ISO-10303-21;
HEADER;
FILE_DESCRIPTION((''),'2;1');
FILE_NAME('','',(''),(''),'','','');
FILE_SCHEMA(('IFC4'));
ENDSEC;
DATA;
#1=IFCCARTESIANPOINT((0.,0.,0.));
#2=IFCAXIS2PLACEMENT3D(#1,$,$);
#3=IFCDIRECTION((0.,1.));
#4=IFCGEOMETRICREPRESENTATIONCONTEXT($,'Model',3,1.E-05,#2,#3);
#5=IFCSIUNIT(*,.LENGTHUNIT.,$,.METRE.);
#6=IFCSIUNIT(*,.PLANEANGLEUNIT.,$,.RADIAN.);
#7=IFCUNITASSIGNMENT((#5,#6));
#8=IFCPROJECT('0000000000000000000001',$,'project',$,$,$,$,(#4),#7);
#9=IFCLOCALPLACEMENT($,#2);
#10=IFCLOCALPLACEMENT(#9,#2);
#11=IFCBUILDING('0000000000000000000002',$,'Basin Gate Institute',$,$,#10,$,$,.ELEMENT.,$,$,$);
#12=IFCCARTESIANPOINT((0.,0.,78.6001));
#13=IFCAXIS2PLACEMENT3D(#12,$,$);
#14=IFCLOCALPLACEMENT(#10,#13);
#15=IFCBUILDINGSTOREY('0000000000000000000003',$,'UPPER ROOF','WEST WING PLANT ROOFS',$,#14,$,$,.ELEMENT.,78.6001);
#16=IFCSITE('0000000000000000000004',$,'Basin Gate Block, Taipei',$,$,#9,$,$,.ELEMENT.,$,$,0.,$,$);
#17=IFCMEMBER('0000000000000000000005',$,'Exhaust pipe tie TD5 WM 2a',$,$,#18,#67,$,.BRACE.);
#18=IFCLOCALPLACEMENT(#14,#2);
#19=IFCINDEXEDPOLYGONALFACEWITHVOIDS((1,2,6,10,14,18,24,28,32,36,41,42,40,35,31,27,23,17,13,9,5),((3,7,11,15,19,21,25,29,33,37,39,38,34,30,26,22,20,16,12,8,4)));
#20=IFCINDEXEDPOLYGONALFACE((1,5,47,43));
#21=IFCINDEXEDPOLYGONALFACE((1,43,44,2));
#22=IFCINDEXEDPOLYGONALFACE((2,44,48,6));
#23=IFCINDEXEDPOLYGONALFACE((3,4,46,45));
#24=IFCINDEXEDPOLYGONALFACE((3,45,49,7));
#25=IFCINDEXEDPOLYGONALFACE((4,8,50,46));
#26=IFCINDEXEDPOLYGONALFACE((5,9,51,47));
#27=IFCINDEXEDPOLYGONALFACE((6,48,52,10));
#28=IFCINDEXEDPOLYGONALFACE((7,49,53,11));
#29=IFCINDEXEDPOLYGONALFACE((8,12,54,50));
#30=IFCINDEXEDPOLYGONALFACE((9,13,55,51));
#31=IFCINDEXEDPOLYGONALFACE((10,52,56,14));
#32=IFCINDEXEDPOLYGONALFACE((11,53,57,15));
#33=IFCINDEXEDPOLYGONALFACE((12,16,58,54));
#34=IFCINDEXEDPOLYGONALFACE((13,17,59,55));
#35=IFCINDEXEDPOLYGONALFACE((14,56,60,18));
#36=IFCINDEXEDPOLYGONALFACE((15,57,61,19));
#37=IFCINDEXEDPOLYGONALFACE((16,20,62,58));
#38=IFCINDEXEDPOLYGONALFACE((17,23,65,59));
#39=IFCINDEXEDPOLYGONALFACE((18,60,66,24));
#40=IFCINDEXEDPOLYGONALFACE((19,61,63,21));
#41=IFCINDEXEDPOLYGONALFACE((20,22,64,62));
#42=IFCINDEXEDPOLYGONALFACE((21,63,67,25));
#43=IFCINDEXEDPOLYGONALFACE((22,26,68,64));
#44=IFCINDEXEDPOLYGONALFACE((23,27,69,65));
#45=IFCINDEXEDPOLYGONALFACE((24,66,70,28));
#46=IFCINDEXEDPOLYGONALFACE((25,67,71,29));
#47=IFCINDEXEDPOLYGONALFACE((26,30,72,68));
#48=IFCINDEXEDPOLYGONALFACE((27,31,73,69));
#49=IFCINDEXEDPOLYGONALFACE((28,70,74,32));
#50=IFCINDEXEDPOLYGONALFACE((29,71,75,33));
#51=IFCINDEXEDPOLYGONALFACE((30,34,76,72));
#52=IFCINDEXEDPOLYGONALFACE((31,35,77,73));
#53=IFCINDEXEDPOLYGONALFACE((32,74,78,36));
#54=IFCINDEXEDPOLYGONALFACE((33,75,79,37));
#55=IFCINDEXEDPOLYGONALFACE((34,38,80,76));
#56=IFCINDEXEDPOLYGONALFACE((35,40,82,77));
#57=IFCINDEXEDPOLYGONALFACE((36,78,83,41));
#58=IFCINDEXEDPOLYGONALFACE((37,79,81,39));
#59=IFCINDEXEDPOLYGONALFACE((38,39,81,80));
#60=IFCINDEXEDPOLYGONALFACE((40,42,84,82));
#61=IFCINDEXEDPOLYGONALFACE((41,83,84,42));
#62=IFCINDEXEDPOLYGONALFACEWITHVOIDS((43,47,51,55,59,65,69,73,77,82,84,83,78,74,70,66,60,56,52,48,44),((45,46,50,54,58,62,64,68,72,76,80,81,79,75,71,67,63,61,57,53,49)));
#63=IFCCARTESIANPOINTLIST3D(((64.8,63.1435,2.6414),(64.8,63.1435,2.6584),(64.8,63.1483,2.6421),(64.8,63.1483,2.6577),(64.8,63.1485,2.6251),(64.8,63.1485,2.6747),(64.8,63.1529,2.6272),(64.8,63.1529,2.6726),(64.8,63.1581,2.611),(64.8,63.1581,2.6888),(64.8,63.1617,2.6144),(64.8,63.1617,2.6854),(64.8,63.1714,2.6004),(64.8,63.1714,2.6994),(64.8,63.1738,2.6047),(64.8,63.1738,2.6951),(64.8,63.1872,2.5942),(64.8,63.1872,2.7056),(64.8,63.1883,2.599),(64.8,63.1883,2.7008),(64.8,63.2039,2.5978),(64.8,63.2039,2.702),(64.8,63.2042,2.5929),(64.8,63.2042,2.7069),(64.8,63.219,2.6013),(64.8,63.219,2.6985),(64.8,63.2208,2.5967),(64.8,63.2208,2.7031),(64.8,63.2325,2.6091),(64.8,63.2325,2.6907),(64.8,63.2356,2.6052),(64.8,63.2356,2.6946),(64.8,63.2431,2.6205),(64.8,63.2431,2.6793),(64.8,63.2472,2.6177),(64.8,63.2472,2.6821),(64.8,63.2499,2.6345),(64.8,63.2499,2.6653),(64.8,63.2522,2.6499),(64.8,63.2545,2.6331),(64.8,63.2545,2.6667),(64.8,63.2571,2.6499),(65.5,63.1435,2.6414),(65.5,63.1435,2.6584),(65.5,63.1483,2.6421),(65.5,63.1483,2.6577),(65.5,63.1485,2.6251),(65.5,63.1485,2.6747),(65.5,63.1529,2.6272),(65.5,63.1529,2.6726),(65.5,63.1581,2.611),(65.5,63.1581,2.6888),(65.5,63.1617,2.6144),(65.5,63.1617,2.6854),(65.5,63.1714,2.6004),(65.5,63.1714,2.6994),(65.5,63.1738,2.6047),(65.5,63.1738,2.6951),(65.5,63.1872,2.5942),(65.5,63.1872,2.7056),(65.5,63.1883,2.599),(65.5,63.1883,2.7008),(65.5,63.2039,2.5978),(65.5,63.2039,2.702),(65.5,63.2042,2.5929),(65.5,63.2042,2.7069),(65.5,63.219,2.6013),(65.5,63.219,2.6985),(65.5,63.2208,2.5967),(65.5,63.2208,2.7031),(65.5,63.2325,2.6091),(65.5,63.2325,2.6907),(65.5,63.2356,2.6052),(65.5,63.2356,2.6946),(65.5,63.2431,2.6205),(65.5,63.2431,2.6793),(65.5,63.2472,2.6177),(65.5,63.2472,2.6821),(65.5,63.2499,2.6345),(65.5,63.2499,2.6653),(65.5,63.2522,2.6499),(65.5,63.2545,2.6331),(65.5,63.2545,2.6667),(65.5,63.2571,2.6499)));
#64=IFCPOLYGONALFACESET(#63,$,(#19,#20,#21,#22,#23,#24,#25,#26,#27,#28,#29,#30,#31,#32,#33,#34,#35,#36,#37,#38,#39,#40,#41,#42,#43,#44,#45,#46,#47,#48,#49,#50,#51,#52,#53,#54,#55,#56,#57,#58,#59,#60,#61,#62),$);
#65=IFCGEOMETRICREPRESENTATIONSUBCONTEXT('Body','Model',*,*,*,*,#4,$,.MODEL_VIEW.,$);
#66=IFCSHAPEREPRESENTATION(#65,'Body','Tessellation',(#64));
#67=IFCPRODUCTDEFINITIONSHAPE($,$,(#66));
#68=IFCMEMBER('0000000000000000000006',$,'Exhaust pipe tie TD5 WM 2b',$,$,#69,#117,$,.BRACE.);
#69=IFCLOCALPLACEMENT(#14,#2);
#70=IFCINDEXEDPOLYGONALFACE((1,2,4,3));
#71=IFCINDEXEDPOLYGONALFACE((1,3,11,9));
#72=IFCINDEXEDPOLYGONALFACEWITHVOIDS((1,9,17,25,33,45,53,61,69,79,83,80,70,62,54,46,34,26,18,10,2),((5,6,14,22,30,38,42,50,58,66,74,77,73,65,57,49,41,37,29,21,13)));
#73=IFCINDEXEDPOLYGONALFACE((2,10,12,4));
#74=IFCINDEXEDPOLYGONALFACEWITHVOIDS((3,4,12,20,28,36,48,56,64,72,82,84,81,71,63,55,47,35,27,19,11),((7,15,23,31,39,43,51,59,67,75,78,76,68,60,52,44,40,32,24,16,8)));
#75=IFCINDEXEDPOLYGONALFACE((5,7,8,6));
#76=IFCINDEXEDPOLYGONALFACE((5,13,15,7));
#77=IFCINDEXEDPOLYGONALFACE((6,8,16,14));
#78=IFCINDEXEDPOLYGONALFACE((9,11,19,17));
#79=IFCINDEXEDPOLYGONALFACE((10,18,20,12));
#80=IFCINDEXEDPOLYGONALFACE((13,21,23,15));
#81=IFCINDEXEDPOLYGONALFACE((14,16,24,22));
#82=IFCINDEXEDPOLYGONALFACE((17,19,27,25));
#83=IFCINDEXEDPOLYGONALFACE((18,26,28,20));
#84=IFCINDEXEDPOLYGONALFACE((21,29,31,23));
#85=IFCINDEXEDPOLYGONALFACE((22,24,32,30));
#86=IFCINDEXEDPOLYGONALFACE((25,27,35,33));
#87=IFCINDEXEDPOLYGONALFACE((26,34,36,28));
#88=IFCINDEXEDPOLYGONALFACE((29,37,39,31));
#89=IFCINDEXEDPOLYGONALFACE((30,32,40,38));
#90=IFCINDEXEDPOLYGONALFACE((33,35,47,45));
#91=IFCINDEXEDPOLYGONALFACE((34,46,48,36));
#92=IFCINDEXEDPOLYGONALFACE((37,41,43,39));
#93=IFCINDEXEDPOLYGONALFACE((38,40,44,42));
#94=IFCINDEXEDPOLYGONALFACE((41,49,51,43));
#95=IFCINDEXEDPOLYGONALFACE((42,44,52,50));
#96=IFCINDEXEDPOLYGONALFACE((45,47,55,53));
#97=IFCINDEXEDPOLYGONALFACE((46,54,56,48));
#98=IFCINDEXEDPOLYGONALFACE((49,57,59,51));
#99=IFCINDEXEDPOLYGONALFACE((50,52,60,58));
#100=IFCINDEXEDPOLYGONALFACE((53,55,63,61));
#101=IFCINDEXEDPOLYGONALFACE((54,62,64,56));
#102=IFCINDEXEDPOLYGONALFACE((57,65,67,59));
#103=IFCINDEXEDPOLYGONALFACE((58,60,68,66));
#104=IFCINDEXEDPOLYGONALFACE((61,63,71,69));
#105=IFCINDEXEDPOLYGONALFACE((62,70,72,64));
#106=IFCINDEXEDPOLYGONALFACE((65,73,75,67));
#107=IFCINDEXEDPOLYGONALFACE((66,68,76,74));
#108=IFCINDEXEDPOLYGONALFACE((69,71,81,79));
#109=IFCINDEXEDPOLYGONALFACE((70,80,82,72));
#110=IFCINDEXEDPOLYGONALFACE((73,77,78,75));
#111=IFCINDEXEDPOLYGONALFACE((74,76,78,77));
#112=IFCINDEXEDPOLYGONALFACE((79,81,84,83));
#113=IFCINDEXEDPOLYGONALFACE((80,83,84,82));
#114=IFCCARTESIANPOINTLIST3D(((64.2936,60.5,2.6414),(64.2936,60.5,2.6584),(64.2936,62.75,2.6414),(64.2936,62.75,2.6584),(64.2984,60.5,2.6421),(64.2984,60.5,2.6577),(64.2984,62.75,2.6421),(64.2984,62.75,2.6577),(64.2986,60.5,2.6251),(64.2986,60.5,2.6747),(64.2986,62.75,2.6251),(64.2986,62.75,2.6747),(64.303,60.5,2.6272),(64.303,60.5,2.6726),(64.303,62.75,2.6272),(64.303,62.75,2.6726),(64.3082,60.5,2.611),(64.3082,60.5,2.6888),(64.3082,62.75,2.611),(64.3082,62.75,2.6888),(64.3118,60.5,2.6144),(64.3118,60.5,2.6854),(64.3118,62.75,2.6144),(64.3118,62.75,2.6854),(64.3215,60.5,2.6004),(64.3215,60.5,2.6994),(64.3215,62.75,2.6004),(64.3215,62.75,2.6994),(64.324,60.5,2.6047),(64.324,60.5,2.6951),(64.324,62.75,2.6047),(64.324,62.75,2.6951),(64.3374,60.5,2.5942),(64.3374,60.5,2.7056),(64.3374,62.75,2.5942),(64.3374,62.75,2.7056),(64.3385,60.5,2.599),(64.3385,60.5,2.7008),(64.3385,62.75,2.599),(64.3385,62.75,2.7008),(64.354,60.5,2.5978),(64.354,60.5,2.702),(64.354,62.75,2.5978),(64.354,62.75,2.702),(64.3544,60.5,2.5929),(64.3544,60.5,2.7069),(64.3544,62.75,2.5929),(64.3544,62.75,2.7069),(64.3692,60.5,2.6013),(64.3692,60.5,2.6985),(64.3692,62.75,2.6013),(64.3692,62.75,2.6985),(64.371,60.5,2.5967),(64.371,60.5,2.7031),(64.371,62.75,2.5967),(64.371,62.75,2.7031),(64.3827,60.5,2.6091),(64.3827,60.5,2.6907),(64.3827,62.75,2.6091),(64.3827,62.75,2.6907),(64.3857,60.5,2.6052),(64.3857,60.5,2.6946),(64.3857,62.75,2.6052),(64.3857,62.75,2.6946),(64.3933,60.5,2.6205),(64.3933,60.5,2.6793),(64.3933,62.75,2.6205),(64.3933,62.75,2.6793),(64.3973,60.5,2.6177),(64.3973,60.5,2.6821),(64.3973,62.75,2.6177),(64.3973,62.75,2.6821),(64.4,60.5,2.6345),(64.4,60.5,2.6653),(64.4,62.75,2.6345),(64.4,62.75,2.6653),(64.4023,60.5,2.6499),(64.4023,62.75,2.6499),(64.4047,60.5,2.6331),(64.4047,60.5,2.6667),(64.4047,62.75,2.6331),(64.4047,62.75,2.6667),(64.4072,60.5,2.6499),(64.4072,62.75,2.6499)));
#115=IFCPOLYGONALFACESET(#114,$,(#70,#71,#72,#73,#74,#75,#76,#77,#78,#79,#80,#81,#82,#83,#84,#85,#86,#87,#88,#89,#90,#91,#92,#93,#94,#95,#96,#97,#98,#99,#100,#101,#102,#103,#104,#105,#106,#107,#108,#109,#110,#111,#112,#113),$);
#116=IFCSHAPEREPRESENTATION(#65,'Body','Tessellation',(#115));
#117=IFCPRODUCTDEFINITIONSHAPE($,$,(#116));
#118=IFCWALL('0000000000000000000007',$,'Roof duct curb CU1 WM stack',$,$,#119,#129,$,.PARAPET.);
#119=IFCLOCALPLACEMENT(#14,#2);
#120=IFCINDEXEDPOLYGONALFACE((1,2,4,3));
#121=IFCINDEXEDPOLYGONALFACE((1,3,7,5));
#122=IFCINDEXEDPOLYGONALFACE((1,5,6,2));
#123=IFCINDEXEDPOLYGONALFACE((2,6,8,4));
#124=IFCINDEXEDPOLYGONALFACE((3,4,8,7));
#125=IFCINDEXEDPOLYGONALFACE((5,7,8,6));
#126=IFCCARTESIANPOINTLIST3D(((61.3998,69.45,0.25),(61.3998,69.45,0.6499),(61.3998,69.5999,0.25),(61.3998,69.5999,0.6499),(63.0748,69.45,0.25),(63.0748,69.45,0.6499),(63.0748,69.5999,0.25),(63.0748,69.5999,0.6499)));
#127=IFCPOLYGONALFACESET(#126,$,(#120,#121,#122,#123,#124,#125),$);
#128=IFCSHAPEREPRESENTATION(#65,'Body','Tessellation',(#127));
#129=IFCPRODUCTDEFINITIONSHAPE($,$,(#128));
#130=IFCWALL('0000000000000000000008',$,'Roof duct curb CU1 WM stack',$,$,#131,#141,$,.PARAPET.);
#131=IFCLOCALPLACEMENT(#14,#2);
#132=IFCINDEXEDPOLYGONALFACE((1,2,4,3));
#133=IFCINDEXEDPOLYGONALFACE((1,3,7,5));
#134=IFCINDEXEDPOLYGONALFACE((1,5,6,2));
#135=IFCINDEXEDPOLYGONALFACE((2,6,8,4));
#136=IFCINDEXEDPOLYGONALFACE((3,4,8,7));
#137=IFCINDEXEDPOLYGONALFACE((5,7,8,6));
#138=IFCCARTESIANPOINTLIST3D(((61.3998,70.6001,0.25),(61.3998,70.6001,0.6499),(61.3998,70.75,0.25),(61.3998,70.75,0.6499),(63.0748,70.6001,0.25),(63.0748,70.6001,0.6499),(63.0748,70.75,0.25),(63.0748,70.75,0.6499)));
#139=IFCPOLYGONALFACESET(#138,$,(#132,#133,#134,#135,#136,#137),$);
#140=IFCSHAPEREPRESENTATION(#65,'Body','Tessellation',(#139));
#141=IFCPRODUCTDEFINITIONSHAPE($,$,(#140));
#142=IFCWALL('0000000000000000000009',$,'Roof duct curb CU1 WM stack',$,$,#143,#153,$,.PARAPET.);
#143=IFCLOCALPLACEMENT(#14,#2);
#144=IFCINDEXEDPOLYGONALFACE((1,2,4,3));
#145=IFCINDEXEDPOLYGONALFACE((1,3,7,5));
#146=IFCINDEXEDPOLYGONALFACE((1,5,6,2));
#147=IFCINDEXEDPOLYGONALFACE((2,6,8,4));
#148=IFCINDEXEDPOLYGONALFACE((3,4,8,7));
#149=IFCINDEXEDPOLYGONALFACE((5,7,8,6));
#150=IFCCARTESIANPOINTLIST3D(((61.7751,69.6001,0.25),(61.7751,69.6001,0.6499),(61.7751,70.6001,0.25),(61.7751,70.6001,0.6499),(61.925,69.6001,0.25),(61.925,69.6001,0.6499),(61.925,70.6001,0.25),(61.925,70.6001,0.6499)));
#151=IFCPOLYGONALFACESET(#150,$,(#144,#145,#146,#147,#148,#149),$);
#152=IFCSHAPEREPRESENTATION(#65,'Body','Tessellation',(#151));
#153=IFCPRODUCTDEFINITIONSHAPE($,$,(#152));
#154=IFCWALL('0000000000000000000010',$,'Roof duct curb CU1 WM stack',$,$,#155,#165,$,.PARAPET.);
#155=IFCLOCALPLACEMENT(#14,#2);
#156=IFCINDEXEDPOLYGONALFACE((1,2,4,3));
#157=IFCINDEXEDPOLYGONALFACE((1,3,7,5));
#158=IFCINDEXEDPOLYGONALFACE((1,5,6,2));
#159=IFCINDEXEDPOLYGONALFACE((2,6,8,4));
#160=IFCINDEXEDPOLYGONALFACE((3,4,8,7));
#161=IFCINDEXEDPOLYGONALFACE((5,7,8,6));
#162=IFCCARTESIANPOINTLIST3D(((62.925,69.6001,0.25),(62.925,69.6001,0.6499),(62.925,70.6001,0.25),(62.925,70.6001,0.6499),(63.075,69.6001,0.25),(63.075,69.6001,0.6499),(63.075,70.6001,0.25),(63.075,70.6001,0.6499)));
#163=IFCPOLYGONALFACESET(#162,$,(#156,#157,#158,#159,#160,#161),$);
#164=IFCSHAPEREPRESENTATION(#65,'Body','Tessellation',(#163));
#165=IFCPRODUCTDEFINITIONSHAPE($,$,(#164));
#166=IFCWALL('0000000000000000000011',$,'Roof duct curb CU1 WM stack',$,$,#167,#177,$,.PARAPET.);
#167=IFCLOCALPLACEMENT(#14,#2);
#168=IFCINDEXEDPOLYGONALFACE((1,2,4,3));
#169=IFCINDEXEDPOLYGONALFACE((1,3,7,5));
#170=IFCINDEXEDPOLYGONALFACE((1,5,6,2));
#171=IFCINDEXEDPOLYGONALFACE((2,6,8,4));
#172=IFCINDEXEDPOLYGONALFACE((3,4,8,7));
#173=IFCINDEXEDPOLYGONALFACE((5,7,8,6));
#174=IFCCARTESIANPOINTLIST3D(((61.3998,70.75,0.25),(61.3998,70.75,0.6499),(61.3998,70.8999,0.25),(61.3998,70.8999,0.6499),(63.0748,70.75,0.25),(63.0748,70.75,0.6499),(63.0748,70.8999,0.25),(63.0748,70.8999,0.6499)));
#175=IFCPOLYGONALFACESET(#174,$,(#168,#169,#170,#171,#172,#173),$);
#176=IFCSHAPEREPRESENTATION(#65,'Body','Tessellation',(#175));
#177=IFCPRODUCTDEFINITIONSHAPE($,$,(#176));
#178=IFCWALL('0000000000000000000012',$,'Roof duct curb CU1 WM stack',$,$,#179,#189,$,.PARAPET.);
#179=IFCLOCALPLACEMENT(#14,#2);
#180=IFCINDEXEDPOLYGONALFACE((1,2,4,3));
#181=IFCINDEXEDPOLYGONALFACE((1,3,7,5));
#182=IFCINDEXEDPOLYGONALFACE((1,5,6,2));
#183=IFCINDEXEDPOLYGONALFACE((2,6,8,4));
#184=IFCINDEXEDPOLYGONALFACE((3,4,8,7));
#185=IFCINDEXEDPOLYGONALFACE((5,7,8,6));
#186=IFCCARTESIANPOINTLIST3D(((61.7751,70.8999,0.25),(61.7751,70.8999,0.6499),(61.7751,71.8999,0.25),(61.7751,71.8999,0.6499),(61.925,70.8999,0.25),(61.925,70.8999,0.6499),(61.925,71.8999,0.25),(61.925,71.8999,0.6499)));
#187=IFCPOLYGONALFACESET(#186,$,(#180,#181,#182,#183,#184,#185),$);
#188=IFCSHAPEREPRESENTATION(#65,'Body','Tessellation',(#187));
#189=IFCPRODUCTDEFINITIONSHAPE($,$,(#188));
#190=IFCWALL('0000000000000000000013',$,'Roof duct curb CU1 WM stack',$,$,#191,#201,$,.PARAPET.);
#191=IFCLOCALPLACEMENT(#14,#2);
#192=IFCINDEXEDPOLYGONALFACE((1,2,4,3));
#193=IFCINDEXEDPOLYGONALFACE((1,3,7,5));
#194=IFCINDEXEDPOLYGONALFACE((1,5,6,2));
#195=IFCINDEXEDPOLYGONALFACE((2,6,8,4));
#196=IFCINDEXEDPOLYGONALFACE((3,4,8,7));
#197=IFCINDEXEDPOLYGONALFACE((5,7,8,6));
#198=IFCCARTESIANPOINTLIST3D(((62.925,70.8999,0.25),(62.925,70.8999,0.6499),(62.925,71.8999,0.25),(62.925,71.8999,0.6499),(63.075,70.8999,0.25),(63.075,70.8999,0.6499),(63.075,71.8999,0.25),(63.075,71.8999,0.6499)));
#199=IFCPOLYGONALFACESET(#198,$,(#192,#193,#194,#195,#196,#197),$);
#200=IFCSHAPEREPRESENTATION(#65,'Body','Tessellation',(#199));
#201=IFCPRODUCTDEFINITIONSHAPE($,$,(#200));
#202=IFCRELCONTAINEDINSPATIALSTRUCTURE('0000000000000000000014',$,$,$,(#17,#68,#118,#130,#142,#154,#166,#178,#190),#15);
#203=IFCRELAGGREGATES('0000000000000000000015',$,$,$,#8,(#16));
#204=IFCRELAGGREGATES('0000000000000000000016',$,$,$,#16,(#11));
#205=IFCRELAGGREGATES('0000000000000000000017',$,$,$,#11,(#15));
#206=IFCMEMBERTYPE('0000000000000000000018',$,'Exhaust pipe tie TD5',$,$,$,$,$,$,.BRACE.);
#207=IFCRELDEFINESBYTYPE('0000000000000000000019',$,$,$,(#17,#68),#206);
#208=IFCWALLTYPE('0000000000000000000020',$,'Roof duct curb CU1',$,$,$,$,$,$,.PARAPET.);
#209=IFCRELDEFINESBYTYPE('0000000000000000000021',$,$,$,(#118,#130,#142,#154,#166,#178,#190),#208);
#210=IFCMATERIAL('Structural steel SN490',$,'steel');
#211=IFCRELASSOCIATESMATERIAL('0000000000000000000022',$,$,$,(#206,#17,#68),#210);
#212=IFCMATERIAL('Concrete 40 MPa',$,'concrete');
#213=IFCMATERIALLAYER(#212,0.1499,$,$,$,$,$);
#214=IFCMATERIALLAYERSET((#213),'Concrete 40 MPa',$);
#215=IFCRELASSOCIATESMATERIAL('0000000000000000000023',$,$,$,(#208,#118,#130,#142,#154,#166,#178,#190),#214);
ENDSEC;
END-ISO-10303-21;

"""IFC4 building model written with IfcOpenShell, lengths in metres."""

from ifc_helpers import new_model, si_unit, direction, frame, frame_2d, origin, origin_2d, place, context, subcontext, project, spatial, rectangle, hollow_circle, extrude, material, layer, layer_set, material_profile, profile_set, type_object, element, save


model = new_model("IFC4")

# Units and contexts
model_context = context("Model", 3, precision=1e-05, world=origin(), true_north=direction((0.0, 1.0)))
body_context = subcontext(model_context, "Body", "Model", "MODEL_VIEW")
ifc_project = project(units=[si_unit("LENGTHUNIT", "METRE"), si_unit("PLANEANGLEUNIT", "RADIAN")], contexts=[model_context])

# Site, building, storey
site_placement = place(None, origin())
site = spatial("IfcSite", under=ifc_project, at=site_placement, Name="Basin Gate Block, Taipei", CompositionType="ELEMENT", RefElevation=0.0)
building_placement = place(site_placement, origin())
building = spatial("IfcBuilding", under=site, at=building_placement, Name="Basin Gate Institute", CompositionType="ELEMENT")
storey_placement = place(building_placement, frame((0.0, 0.0, 78.6001)))
storey = spatial("IfcBuildingStorey", under=building, at=storey_placement, Name="UPPER ROOF", Description="WEST WING PLANT ROOFS", CompositionType="ELEMENT", Elevation=78.6001)

# Members
ifc_material_1 = material(Name="Structural steel SN490", Category="steel")
ifc_material_profile_1 = material_profile(ifc_material_1, hollow_circle(Radius=0.0571, WallThickness=0.0049, at=origin_2d()), Name="CHS114x5")
ifc_profile_set_1 = profile_set([ifc_material_profile_1], Name="Structural steel SN490")
member_type_1 = type_object("IfcMemberType", Name="Exhaust pipe tie TD5", PredefinedType="BRACE", material=ifc_profile_set_1)
member_1_placement = place(storey_placement, frame((64.8, 63.2, 2.6499), z_axis=(1.0, 0.0, 0.0), x_axis=(0.0, 1.0, 0.0)))
element("IfcMember", 1, at=member_1_placement, inside=storey, type_object=member_type_1, material=ifc_profile_set_1, Name="Exhaust pipe tie TD5 WM 2a", PredefinedType="BRACE", context=body_context, shape_type="SweptSolid", body=[
    extrude(hollow_circle(Radius=0.0571, WallThickness=0.0049, at=origin_2d()), origin(), (0.0, 0.0, 1.0), 0.7),
])
member_2_placement = place(storey_placement, frame((64.3501, 62.75, 2.6499), z_axis=(0.0, -1.0, 0.0), x_axis=(1.0, 0.0, 0.0)))
element("IfcMember", 2, at=member_2_placement, inside=storey, type_object=member_type_1, material=ifc_profile_set_1, Name="Exhaust pipe tie TD5 WM 2b", PredefinedType="BRACE", context=body_context, shape_type="SweptSolid", body=[
    extrude(hollow_circle(Radius=0.0571, WallThickness=0.0049, at=origin_2d()), origin(), (0.0, 0.0, 1.0), 2.25),
])

# Walls
ifc_material_2 = material(Name="Concrete 40 MPa", Category="concrete")
ifc_layer = layer(ifc_material_2, 0.1499)
ifc_layer_set = layer_set([ifc_layer], Name="Concrete 40 MPa")
wall_type = type_object("IfcWallType", Name="Roof duct curb CU1", PredefinedType="PARAPET", material=ifc_layer_set)
for number, where, z_axis, x_axis, name in (
    (3, (61.3999, 69.5249, 0.25), (0.0, 0.0, 1.0), (1.0, 0.0, 0.0), "Roof duct curb CU1 WM stack"),
    (4, (61.3999, 70.675, 0.25), (0.0, 0.0, 1.0), (1.0, 0.0, 0.0), "Roof duct curb CU1 WM stack"),
):
    element("IfcWall", number, at=place(storey_placement, frame(where, z_axis=z_axis, x_axis=x_axis)), inside=storey, type_object=wall_type, material=ifc_layer_set, Name=name, PredefinedType="PARAPET", context=body_context, shape_type="SweptSolid", body=[
        extrude(rectangle(XDim=1.675, YDim=0.1499, at=frame_2d((0.8374, 0.0))), origin(), (0.0, 0.0, 1.0), 0.3999),
    ])
for number, where, z_axis, x_axis, name in (
    (5, (61.8501, 69.6001, 0.25), (0.0, 0.0, 1.0), (0.0, 1.0, 0.0), "Roof duct curb CU1 WM stack"),
    (6, (63.0, 69.6001, 0.25), (0.0, 0.0, 1.0), (0.0, 1.0, 0.0), "Roof duct curb CU1 WM stack"),
):
    element("IfcWall", number, at=place(storey_placement, frame(where, z_axis=z_axis, x_axis=x_axis)), inside=storey, type_object=wall_type, material=ifc_layer_set, Name=name, PredefinedType="PARAPET", context=body_context, shape_type="SweptSolid", body=[
        extrude(rectangle(XDim=1.0, YDim=0.1499, at=frame_2d((0.5, 0.0))), origin(), (0.0, 0.0, 1.0), 0.3999),
    ])
wall_placement = place(storey_placement, frame((61.3999, 70.825, 0.25), z_axis=(0.0, 0.0, 1.0), x_axis=(1.0, 0.0, 0.0)))
element("IfcWall", 7, at=wall_placement, inside=storey, type_object=wall_type, material=ifc_layer_set, Name="Roof duct curb CU1 WM stack", PredefinedType="PARAPET", context=body_context, shape_type="SweptSolid", body=[
    extrude(rectangle(XDim=1.675, YDim=0.1499, at=frame_2d((0.8374, 0.0))), origin(), (0.0, 0.0, 1.0), 0.3999),
])
for number, where, z_axis, x_axis, name in (
    (8, (61.8501, 70.8999, 0.25), (0.0, 0.0, 1.0), (0.0, 1.0, 0.0), "Roof duct curb CU1 WM stack"),
    (9, (63.0, 70.8999, 0.25), (0.0, 0.0, 1.0), (0.0, 1.0, 0.0), "Roof duct curb CU1 WM stack"),
):
    element("IfcWall", number, at=place(storey_placement, frame(where, z_axis=z_axis, x_axis=x_axis)), inside=storey, type_object=wall_type, material=ifc_layer_set, Name=name, PredefinedType="PARAPET", context=body_context, shape_type="SweptSolid", body=[
        extrude(rectangle(XDim=1.0, YDim=0.1499, at=frame_2d((0.5, 0.0))), origin(), (0.0, 0.0, 1.0), 0.3999),
    ])

save(model, "model.ifc")
